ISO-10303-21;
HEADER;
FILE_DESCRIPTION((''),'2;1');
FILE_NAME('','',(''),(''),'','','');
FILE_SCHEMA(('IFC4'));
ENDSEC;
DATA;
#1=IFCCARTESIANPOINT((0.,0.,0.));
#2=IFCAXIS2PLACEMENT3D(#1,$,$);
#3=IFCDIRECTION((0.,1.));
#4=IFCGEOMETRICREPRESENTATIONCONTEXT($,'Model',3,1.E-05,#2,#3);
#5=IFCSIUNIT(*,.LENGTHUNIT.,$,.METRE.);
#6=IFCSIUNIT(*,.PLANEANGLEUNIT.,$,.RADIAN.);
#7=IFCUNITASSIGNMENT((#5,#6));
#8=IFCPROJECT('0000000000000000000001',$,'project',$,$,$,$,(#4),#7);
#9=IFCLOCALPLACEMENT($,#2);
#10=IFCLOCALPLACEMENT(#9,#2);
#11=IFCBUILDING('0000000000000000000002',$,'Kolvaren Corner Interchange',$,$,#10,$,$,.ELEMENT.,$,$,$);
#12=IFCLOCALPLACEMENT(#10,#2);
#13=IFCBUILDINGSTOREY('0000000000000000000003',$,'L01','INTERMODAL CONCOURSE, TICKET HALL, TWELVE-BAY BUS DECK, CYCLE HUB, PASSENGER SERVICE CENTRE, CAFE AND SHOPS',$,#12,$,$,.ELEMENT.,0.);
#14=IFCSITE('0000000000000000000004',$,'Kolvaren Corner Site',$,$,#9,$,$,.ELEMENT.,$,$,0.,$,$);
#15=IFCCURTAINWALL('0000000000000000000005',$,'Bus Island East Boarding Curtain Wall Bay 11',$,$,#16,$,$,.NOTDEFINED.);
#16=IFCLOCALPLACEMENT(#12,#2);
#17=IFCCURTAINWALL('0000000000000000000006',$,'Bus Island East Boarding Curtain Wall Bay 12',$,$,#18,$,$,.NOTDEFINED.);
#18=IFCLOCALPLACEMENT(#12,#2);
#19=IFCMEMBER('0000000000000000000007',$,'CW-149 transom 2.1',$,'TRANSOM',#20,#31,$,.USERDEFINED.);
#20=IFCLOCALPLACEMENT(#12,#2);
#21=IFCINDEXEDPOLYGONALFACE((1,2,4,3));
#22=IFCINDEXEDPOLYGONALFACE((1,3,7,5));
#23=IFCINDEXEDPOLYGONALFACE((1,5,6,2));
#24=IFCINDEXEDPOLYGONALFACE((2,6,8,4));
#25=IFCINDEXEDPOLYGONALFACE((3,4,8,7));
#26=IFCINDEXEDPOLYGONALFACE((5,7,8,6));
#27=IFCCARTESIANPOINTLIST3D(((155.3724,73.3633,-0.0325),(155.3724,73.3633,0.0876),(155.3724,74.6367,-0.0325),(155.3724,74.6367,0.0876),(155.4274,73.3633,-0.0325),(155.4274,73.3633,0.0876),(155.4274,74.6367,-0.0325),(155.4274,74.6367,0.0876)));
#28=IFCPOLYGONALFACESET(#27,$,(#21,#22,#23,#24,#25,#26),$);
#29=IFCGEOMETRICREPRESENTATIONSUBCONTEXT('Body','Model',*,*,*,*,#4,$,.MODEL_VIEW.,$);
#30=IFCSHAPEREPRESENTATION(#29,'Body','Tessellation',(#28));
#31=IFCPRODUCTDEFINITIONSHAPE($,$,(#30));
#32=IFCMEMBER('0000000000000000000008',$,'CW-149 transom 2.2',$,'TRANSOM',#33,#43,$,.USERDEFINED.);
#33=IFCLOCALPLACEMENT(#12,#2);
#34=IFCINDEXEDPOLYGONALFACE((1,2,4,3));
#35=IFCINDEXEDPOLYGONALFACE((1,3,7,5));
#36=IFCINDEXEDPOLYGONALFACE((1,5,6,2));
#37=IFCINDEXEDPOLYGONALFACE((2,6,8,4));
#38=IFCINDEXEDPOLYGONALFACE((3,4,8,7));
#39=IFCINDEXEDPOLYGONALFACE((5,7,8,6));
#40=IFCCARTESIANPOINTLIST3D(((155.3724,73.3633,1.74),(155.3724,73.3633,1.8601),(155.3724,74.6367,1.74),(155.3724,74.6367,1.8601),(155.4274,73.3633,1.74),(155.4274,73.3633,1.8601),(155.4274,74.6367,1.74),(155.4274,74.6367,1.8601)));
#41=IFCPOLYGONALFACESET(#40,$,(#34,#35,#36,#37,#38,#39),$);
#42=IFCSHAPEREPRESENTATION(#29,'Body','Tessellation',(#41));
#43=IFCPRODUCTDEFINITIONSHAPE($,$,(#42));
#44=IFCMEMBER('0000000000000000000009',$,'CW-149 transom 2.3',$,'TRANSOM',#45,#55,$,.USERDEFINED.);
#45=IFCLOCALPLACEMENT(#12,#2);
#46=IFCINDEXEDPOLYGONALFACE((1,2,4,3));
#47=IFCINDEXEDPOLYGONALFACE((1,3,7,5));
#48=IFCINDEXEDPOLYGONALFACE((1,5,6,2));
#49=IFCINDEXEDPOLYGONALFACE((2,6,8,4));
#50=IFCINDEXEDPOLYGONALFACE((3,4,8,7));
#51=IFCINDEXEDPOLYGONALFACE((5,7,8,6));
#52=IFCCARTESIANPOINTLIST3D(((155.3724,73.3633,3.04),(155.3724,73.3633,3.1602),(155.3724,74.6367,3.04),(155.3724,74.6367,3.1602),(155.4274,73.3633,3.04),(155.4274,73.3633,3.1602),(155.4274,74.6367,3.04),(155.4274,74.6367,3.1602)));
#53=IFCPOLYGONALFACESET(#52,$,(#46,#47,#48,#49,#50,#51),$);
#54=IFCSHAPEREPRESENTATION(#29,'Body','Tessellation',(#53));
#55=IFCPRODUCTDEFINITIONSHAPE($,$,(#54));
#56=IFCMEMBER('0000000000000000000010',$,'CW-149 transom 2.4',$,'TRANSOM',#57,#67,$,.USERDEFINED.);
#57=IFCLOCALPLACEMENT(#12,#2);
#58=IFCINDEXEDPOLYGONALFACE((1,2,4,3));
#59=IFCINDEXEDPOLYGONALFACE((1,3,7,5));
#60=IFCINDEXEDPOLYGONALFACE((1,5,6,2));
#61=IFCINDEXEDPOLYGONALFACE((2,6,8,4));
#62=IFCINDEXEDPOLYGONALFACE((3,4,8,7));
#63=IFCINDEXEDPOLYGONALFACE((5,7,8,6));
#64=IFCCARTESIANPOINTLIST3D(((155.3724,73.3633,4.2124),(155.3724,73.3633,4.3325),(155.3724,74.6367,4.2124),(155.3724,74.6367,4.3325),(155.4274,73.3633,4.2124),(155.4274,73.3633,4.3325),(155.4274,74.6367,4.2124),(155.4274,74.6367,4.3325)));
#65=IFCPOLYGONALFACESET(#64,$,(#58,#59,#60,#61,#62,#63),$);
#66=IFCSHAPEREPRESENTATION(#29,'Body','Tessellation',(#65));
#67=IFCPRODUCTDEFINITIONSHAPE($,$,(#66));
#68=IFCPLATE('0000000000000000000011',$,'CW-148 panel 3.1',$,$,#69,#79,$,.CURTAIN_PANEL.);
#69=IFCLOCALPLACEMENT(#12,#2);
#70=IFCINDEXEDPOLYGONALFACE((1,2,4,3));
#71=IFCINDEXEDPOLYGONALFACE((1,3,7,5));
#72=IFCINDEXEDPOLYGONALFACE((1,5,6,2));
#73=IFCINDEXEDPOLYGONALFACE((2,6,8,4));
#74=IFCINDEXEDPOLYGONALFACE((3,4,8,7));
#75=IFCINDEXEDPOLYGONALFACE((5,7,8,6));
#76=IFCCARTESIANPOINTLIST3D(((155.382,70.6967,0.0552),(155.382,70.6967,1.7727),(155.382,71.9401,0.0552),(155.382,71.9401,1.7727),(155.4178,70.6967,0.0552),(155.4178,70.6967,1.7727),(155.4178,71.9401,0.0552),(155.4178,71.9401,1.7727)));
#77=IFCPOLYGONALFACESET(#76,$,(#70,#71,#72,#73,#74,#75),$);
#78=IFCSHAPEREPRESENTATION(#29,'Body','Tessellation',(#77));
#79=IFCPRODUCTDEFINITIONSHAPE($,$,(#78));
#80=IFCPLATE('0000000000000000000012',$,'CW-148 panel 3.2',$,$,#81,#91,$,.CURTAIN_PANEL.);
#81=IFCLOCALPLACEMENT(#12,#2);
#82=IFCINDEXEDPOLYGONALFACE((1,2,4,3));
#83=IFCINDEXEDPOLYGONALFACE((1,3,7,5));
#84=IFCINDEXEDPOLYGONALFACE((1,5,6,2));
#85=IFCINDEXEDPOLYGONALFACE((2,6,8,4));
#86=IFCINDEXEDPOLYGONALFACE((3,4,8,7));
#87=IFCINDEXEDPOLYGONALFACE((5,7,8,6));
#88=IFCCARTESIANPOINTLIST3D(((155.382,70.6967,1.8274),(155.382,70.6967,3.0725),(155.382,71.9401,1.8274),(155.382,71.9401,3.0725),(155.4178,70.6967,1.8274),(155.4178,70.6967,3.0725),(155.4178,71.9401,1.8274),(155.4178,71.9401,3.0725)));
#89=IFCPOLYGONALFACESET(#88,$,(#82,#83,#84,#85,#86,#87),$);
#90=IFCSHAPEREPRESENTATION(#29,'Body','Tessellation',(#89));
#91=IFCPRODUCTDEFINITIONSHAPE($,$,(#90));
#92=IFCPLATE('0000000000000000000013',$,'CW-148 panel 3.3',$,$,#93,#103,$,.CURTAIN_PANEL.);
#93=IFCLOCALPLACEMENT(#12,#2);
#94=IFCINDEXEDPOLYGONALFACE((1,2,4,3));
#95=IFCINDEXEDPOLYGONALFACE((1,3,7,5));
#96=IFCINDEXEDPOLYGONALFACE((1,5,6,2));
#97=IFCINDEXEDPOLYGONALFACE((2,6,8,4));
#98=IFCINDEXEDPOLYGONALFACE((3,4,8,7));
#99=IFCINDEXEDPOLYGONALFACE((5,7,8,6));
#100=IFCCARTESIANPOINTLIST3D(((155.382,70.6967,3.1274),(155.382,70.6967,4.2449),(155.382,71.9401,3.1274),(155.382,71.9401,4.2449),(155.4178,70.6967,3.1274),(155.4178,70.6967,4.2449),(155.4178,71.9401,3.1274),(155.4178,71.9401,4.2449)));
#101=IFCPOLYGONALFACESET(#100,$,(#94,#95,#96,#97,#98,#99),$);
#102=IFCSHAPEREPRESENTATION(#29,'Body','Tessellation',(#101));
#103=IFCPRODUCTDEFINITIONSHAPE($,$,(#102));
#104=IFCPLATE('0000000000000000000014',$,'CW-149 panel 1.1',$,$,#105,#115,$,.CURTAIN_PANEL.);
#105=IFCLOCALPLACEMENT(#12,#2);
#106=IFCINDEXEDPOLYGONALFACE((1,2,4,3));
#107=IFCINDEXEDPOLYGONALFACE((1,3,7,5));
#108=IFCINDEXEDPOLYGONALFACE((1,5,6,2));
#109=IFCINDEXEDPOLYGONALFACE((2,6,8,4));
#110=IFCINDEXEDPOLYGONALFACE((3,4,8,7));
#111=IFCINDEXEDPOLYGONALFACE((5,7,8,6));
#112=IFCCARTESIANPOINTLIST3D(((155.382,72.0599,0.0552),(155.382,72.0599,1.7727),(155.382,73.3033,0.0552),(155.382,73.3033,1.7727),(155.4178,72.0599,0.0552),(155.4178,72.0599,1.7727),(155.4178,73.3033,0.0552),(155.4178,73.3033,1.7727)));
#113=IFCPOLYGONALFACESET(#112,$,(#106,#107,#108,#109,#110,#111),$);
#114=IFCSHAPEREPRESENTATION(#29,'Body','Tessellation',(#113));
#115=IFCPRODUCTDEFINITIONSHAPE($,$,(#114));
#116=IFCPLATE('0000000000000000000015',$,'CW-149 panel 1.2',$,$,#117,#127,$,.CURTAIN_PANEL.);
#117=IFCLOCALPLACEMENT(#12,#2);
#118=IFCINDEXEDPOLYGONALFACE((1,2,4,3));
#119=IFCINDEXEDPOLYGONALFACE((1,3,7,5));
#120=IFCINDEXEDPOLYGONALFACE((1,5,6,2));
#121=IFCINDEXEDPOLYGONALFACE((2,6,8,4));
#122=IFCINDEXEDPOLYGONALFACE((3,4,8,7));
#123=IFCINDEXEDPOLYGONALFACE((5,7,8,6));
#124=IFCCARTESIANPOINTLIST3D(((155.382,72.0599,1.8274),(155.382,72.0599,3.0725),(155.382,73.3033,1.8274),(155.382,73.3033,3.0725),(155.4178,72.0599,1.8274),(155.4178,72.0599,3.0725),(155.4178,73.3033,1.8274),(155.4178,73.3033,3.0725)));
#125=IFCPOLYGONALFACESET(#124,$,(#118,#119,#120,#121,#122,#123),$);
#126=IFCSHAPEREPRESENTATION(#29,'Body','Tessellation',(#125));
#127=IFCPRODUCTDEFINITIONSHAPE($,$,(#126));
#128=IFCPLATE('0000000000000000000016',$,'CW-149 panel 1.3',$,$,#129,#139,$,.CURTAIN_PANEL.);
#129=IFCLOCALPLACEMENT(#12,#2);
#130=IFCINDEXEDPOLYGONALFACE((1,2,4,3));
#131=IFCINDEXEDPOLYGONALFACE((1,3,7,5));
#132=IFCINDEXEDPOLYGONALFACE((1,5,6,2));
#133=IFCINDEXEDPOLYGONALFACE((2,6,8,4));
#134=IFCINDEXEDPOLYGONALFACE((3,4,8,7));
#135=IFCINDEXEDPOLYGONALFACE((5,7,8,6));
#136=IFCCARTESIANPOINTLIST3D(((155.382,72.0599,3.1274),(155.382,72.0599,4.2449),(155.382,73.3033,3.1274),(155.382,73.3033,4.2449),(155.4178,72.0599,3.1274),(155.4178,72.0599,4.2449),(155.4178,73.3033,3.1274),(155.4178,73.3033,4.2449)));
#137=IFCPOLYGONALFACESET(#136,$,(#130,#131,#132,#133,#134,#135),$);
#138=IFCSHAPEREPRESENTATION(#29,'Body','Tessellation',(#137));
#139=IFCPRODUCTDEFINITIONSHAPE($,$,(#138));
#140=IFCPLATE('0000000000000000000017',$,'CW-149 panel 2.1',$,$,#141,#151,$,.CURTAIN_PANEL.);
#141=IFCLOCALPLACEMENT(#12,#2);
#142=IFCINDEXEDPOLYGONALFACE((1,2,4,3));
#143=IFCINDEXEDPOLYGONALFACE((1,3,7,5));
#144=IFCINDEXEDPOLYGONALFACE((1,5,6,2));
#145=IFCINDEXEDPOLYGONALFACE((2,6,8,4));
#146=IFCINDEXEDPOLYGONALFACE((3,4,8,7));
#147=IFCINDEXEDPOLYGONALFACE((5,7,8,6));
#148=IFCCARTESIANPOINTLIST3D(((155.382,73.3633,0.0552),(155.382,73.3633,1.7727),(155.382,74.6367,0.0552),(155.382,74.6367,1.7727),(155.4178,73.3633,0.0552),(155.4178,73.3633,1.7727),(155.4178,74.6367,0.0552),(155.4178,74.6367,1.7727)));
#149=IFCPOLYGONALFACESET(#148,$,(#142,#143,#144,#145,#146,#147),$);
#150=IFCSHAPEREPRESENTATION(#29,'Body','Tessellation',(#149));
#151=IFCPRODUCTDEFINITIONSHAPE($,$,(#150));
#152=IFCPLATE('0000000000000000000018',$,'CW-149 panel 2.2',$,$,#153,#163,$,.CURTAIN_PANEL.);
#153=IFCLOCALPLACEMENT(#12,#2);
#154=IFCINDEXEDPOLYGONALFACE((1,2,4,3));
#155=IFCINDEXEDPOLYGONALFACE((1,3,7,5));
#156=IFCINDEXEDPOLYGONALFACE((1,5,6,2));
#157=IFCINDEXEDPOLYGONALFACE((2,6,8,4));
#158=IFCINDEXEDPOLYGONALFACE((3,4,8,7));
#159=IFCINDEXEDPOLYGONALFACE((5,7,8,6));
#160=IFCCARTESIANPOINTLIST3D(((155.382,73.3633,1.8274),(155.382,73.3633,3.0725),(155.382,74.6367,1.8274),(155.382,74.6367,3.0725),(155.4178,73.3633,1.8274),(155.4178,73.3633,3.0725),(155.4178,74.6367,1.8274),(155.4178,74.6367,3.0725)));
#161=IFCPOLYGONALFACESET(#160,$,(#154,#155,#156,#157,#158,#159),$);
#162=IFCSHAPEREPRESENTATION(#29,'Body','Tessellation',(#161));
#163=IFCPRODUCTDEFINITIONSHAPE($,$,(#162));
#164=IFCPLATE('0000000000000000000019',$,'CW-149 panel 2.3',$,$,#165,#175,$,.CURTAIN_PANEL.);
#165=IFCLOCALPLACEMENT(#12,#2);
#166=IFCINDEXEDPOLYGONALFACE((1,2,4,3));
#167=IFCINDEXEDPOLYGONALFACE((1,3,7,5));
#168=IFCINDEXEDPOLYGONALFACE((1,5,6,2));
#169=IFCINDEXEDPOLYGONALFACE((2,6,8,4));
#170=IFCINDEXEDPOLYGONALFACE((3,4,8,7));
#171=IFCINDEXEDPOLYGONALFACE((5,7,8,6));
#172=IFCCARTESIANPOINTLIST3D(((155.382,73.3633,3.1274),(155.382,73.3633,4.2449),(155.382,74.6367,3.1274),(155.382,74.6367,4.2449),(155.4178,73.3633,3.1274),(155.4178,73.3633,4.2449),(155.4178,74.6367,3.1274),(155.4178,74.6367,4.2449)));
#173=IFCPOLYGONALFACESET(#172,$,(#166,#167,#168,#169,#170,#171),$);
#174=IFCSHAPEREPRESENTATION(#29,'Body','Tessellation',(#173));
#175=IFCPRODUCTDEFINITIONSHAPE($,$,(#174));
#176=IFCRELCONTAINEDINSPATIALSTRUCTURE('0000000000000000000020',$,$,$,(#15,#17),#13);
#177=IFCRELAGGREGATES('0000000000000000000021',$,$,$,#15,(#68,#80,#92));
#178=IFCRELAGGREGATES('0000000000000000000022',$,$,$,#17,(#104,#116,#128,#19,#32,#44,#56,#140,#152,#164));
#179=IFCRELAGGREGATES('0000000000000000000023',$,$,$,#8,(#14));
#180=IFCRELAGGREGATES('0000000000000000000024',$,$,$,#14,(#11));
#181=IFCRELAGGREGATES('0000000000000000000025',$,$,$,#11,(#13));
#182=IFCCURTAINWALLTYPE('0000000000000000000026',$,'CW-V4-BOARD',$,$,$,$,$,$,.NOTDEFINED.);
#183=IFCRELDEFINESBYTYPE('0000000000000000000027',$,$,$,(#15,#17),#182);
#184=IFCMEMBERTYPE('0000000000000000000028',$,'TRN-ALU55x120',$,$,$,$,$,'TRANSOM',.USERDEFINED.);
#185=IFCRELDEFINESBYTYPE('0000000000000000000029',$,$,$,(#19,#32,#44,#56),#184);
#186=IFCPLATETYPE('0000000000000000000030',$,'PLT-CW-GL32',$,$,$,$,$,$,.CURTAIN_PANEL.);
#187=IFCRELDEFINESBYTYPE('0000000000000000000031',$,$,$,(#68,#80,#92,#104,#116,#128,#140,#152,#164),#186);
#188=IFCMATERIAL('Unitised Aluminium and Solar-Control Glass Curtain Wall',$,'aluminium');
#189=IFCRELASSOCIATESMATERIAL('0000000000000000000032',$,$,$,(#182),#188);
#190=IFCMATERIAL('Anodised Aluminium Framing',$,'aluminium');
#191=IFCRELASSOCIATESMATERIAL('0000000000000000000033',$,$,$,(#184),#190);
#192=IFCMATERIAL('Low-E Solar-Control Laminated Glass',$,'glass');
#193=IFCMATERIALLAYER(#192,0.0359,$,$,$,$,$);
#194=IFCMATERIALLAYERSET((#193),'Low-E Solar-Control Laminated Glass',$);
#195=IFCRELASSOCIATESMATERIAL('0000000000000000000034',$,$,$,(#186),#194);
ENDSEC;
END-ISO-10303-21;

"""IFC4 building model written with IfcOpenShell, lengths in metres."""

from ifc_helpers import new_model, si_unit, direction, frame, origin, origin_2d, place, context, subcontext, project, spatial, rectangle, extrude, material, layer, layer_set, material_profile, profile_set, type_object, element, aggregate, save


model = new_model("IFC4")

# Units and contexts
model_context = context("Model", 3, precision=1e-05, world=origin(), true_north=direction((0.0, 1.0)))
body_context = subcontext(model_context, "Body", "Model", "MODEL_VIEW")
ifc_project = project(units=[si_unit("LENGTHUNIT", "METRE"), si_unit("PLANEANGLEUNIT", "RADIAN")], contexts=[model_context])

# Site, building, storey
site_placement = place(None, origin())
site = spatial("IfcSite", under=ifc_project, at=site_placement, Name="Kolvaren Corner Site", CompositionType="ELEMENT", RefElevation=0.0)
building_placement = place(site_placement, origin())
building = spatial("IfcBuilding", under=site, at=building_placement, Name="Kolvaren Corner Interchange", CompositionType="ELEMENT")
storey_placement = place(building_placement, origin())
storey = spatial("IfcBuildingStorey", under=building, at=storey_placement, Name="L01", Description="INTERMODAL CONCOURSE, TICKET HALL, TWELVE-BAY BUS DECK, CYCLE HUB, PASSENGER SERVICE CENTRE, CAFE AND SHOPS", CompositionType="ELEMENT", Elevation=0.0)

# Curtain wall
ifc_material_1 = material(Name="Unitised Aluminium and Solar-Control Glass Curtain Wall", Category="aluminium")
curtain_wall_type = type_object("IfcCurtainWallType", Name="CW-V4-BOARD", PredefinedType="NOTDEFINED", material=ifc_material_1)
curtain_wall_1_placement = place(storey_placement, origin())
curtain_wall_1 = element("IfcCurtainWall", 1, at=curtain_wall_1_placement, inside=storey, type_object=curtain_wall_type, Name="Bus Island East Boarding Curtain Wall Bay 11", PredefinedType="NOTDEFINED")

# Curtain wall
curtain_wall_2_placement = place(storey_placement, origin())
curtain_wall_2 = element("IfcCurtainWall", 2, at=curtain_wall_2_placement, inside=storey, type_object=curtain_wall_type, Name="Bus Island East Boarding Curtain Wall Bay 12", PredefinedType="NOTDEFINED")

# Members
ifc_material_2 = material(Name="Anodised Aluminium Framing", Category="aluminium")
ifc_material_profile_1 = material_profile(ifc_material_2, rectangle(XDim=0.0549, YDim=0.1201, at=origin_2d()), Name="ALU 55x120")
ifc_profile_set_1 = profile_set([ifc_material_profile_1], Name="Anodised Aluminium Framing")
member_type_1 = type_object("IfcMemberType", Name="TRN-ALU55x120", ElementType="TRANSOM", PredefinedType="USERDEFINED", material=ifc_profile_set_1)
member_1_placement = place(storey_placement, frame((155.3999, 73.3633, 0.0276), z_axis=(0.0, 1.0, 0.0), x_axis=(-1.0, 0.0, 0.0)))
member_1 = element("IfcMember", 3, at=member_1_placement, type_object=member_type_1, Name="CW-149 transom 2.1", ObjectType="TRANSOM", PredefinedType="USERDEFINED", context=body_context, shape_type="SweptSolid", body=[
    extrude(rectangle(XDim=0.0549, YDim=0.1201, at=origin_2d()), origin(), (0.0, 0.0, 1.0), 1.2734),
])
member_2_placement = place(storey_placement, frame((155.3999, 73.3633, 1.8), z_axis=(0.0, 1.0, 0.0), x_axis=(-1.0, 0.0, 0.0)))
member_2 = element("IfcMember", 4, at=member_2_placement, type_object=member_type_1, Name="CW-149 transom 2.2", ObjectType="TRANSOM", PredefinedType="USERDEFINED", context=body_context, shape_type="SweptSolid", body=[
    extrude(rectangle(XDim=0.0549, YDim=0.1201, at=origin_2d()), origin(), (0.0, 0.0, 1.0), 1.2734),
])
member_3_placement = place(storey_placement, frame((155.3999, 73.3633, 3.1001), z_axis=(0.0, 1.0, 0.0), x_axis=(-1.0, 0.0, 0.0)))
member_3 = element("IfcMember", 5, at=member_3_placement, type_object=member_type_1, Name="CW-149 transom 2.3", ObjectType="TRANSOM", PredefinedType="USERDEFINED", context=body_context, shape_type="SweptSolid", body=[
    extrude(rectangle(XDim=0.0549, YDim=0.1201, at=origin_2d()), origin(), (0.0, 0.0, 1.0), 1.2734),
])
member_4_placement = place(storey_placement, frame((155.3999, 73.3633, 4.2725), z_axis=(0.0, 1.0, 0.0), x_axis=(-1.0, 0.0, 0.0)))
member_4 = element("IfcMember", 6, at=member_4_placement, type_object=member_type_1, Name="CW-149 transom 2.4", ObjectType="TRANSOM", PredefinedType="USERDEFINED", context=body_context, shape_type="SweptSolid", body=[
    extrude(rectangle(XDim=0.0549, YDim=0.1201, at=origin_2d()), origin(), (0.0, 0.0, 1.0), 1.2734),
])

# Plates
ifc_material_3 = material(Name="Low-E Solar-Control Laminated Glass", Category="glass")
ifc_layer = layer(ifc_material_3, 0.0359)
ifc_layer_set = layer_set([ifc_layer], Name="Low-E Solar-Control Laminated Glass")
plate_type = type_object("IfcPlateType", Name="PLT-CW-GL32", PredefinedType="CURTAIN_PANEL", material=ifc_layer_set)
plate_1_placement = place(storey_placement, frame((155.3999, 71.3184, 0.0552), z_axis=(0.0, 0.0, 1.0), x_axis=(0.0, 1.0, 0.0)))
plate_1 = element("IfcPlate", 7, at=plate_1_placement, type_object=plate_type, Name="CW-148 panel 3.1", PredefinedType="CURTAIN_PANEL", context=body_context, shape_type="SweptSolid", body=[
    extrude(rectangle(XDim=1.2434, YDim=0.0359, at=origin_2d()), origin(), (0.0, 0.0, 1.0), 1.7175),
])
plate_2_placement = place(storey_placement, frame((155.3999, 71.3184, 1.8274), z_axis=(0.0, 0.0, 1.0), x_axis=(0.0, 1.0, 0.0)))
plate_2 = element("IfcPlate", 8, at=plate_2_placement, type_object=plate_type, Name="CW-148 panel 3.2", PredefinedType="CURTAIN_PANEL", context=body_context, shape_type="SweptSolid", body=[
    extrude(rectangle(XDim=1.2434, YDim=0.0359, at=origin_2d()), origin(), (0.0, 0.0, 1.0), 1.2451),
])
plate_3_placement = place(storey_placement, frame((155.3999, 71.3184, 3.1274), z_axis=(0.0, 0.0, 1.0), x_axis=(0.0, 1.0, 0.0)))
plate_3 = element("IfcPlate", 9, at=plate_3_placement, type_object=plate_type, Name="CW-148 panel 3.3", PredefinedType="CURTAIN_PANEL", context=body_context, shape_type="SweptSolid", body=[
    extrude(rectangle(XDim=1.2434, YDim=0.0359, at=origin_2d()), origin(), (0.0, 0.0, 1.0), 1.1174),
])
aggregate(curtain_wall_1, [plate_1, plate_2, plate_3])
plate_4_placement = place(storey_placement, frame((155.3999, 72.6816, 0.0552), z_axis=(0.0, 0.0, 1.0), x_axis=(0.0, 1.0, 0.0)))
plate_4 = element("IfcPlate", 10, at=plate_4_placement, type_object=plate_type, Name="CW-149 panel 1.1", PredefinedType="CURTAIN_PANEL", context=body_context, shape_type="SweptSolid", body=[
    extrude(rectangle(XDim=1.2434, YDim=0.0359, at=origin_2d()), origin(), (0.0, 0.0, 1.0), 1.7175),
])
plate_5_placement = place(storey_placement, frame((155.3999, 72.6816, 1.8274), z_axis=(0.0, 0.0, 1.0), x_axis=(0.0, 1.0, 0.0)))
plate_5 = element("IfcPlate", 11, at=plate_5_placement, type_object=plate_type, Name="CW-149 panel 1.2", PredefinedType="CURTAIN_PANEL", context=body_context, shape_type="SweptSolid", body=[
    extrude(rectangle(XDim=1.2434, YDim=0.0359, at=origin_2d()), origin(), (0.0, 0.0, 1.0), 1.2451),
])
plate_6_placement = place(storey_placement, frame((155.3999, 72.6816, 3.1274), z_axis=(0.0, 0.0, 1.0), x_axis=(0.0, 1.0, 0.0)))
plate_6 = element("IfcPlate", 12, at=plate_6_placement, type_object=plate_type, Name="CW-149 panel 1.3", PredefinedType="CURTAIN_PANEL", context=body_context, shape_type="SweptSolid", body=[
    extrude(rectangle(XDim=1.2434, YDim=0.0359, at=origin_2d()), origin(), (0.0, 0.0, 1.0), 1.1174),
])
plate_7_placement = place(storey_placement, frame((155.3999, 74.0, 0.0552), z_axis=(0.0, 0.0, 1.0), x_axis=(0.0, 1.0, 0.0)))
plate_7 = element("IfcPlate", 13, at=plate_7_placement, type_object=plate_type, Name="CW-149 panel 2.1", PredefinedType="CURTAIN_PANEL", context=body_context, shape_type="SweptSolid", body=[
    extrude(rectangle(XDim=1.2734, YDim=0.0359, at=origin_2d()), origin(), (0.0, 0.0, 1.0), 1.7175),
])
plate_8_placement = place(storey_placement, frame((155.3999, 74.0, 1.8274), z_axis=(0.0, 0.0, 1.0), x_axis=(0.0, 1.0, 0.0)))
plate_8 = element("IfcPlate", 14, at=plate_8_placement, type_object=plate_type, Name="CW-149 panel 2.2", PredefinedType="CURTAIN_PANEL", context=body_context, shape_type="SweptSolid", body=[
    extrude(rectangle(XDim=1.2734, YDim=0.0359, at=origin_2d()), origin(), (0.0, 0.0, 1.0), 1.2451),
])
plate_9_placement = place(storey_placement, frame((155.3999, 74.0, 3.1274), z_axis=(0.0, 0.0, 1.0), x_axis=(0.0, 1.0, 0.0)))
plate_9 = element("IfcPlate", 15, at=plate_9_placement, type_object=plate_type, Name="CW-149 panel 2.3", PredefinedType="CURTAIN_PANEL", context=body_context, shape_type="SweptSolid", body=[
    extrude(rectangle(XDim=1.2734, YDim=0.0359, at=origin_2d()), origin(), (0.0, 0.0, 1.0), 1.1174),
])
aggregate(curtain_wall_2, [plate_4, plate_5, plate_6, member_1, member_2, member_3, member_4, plate_7, plate_8, plate_9])

save(model, "model.ifc")
